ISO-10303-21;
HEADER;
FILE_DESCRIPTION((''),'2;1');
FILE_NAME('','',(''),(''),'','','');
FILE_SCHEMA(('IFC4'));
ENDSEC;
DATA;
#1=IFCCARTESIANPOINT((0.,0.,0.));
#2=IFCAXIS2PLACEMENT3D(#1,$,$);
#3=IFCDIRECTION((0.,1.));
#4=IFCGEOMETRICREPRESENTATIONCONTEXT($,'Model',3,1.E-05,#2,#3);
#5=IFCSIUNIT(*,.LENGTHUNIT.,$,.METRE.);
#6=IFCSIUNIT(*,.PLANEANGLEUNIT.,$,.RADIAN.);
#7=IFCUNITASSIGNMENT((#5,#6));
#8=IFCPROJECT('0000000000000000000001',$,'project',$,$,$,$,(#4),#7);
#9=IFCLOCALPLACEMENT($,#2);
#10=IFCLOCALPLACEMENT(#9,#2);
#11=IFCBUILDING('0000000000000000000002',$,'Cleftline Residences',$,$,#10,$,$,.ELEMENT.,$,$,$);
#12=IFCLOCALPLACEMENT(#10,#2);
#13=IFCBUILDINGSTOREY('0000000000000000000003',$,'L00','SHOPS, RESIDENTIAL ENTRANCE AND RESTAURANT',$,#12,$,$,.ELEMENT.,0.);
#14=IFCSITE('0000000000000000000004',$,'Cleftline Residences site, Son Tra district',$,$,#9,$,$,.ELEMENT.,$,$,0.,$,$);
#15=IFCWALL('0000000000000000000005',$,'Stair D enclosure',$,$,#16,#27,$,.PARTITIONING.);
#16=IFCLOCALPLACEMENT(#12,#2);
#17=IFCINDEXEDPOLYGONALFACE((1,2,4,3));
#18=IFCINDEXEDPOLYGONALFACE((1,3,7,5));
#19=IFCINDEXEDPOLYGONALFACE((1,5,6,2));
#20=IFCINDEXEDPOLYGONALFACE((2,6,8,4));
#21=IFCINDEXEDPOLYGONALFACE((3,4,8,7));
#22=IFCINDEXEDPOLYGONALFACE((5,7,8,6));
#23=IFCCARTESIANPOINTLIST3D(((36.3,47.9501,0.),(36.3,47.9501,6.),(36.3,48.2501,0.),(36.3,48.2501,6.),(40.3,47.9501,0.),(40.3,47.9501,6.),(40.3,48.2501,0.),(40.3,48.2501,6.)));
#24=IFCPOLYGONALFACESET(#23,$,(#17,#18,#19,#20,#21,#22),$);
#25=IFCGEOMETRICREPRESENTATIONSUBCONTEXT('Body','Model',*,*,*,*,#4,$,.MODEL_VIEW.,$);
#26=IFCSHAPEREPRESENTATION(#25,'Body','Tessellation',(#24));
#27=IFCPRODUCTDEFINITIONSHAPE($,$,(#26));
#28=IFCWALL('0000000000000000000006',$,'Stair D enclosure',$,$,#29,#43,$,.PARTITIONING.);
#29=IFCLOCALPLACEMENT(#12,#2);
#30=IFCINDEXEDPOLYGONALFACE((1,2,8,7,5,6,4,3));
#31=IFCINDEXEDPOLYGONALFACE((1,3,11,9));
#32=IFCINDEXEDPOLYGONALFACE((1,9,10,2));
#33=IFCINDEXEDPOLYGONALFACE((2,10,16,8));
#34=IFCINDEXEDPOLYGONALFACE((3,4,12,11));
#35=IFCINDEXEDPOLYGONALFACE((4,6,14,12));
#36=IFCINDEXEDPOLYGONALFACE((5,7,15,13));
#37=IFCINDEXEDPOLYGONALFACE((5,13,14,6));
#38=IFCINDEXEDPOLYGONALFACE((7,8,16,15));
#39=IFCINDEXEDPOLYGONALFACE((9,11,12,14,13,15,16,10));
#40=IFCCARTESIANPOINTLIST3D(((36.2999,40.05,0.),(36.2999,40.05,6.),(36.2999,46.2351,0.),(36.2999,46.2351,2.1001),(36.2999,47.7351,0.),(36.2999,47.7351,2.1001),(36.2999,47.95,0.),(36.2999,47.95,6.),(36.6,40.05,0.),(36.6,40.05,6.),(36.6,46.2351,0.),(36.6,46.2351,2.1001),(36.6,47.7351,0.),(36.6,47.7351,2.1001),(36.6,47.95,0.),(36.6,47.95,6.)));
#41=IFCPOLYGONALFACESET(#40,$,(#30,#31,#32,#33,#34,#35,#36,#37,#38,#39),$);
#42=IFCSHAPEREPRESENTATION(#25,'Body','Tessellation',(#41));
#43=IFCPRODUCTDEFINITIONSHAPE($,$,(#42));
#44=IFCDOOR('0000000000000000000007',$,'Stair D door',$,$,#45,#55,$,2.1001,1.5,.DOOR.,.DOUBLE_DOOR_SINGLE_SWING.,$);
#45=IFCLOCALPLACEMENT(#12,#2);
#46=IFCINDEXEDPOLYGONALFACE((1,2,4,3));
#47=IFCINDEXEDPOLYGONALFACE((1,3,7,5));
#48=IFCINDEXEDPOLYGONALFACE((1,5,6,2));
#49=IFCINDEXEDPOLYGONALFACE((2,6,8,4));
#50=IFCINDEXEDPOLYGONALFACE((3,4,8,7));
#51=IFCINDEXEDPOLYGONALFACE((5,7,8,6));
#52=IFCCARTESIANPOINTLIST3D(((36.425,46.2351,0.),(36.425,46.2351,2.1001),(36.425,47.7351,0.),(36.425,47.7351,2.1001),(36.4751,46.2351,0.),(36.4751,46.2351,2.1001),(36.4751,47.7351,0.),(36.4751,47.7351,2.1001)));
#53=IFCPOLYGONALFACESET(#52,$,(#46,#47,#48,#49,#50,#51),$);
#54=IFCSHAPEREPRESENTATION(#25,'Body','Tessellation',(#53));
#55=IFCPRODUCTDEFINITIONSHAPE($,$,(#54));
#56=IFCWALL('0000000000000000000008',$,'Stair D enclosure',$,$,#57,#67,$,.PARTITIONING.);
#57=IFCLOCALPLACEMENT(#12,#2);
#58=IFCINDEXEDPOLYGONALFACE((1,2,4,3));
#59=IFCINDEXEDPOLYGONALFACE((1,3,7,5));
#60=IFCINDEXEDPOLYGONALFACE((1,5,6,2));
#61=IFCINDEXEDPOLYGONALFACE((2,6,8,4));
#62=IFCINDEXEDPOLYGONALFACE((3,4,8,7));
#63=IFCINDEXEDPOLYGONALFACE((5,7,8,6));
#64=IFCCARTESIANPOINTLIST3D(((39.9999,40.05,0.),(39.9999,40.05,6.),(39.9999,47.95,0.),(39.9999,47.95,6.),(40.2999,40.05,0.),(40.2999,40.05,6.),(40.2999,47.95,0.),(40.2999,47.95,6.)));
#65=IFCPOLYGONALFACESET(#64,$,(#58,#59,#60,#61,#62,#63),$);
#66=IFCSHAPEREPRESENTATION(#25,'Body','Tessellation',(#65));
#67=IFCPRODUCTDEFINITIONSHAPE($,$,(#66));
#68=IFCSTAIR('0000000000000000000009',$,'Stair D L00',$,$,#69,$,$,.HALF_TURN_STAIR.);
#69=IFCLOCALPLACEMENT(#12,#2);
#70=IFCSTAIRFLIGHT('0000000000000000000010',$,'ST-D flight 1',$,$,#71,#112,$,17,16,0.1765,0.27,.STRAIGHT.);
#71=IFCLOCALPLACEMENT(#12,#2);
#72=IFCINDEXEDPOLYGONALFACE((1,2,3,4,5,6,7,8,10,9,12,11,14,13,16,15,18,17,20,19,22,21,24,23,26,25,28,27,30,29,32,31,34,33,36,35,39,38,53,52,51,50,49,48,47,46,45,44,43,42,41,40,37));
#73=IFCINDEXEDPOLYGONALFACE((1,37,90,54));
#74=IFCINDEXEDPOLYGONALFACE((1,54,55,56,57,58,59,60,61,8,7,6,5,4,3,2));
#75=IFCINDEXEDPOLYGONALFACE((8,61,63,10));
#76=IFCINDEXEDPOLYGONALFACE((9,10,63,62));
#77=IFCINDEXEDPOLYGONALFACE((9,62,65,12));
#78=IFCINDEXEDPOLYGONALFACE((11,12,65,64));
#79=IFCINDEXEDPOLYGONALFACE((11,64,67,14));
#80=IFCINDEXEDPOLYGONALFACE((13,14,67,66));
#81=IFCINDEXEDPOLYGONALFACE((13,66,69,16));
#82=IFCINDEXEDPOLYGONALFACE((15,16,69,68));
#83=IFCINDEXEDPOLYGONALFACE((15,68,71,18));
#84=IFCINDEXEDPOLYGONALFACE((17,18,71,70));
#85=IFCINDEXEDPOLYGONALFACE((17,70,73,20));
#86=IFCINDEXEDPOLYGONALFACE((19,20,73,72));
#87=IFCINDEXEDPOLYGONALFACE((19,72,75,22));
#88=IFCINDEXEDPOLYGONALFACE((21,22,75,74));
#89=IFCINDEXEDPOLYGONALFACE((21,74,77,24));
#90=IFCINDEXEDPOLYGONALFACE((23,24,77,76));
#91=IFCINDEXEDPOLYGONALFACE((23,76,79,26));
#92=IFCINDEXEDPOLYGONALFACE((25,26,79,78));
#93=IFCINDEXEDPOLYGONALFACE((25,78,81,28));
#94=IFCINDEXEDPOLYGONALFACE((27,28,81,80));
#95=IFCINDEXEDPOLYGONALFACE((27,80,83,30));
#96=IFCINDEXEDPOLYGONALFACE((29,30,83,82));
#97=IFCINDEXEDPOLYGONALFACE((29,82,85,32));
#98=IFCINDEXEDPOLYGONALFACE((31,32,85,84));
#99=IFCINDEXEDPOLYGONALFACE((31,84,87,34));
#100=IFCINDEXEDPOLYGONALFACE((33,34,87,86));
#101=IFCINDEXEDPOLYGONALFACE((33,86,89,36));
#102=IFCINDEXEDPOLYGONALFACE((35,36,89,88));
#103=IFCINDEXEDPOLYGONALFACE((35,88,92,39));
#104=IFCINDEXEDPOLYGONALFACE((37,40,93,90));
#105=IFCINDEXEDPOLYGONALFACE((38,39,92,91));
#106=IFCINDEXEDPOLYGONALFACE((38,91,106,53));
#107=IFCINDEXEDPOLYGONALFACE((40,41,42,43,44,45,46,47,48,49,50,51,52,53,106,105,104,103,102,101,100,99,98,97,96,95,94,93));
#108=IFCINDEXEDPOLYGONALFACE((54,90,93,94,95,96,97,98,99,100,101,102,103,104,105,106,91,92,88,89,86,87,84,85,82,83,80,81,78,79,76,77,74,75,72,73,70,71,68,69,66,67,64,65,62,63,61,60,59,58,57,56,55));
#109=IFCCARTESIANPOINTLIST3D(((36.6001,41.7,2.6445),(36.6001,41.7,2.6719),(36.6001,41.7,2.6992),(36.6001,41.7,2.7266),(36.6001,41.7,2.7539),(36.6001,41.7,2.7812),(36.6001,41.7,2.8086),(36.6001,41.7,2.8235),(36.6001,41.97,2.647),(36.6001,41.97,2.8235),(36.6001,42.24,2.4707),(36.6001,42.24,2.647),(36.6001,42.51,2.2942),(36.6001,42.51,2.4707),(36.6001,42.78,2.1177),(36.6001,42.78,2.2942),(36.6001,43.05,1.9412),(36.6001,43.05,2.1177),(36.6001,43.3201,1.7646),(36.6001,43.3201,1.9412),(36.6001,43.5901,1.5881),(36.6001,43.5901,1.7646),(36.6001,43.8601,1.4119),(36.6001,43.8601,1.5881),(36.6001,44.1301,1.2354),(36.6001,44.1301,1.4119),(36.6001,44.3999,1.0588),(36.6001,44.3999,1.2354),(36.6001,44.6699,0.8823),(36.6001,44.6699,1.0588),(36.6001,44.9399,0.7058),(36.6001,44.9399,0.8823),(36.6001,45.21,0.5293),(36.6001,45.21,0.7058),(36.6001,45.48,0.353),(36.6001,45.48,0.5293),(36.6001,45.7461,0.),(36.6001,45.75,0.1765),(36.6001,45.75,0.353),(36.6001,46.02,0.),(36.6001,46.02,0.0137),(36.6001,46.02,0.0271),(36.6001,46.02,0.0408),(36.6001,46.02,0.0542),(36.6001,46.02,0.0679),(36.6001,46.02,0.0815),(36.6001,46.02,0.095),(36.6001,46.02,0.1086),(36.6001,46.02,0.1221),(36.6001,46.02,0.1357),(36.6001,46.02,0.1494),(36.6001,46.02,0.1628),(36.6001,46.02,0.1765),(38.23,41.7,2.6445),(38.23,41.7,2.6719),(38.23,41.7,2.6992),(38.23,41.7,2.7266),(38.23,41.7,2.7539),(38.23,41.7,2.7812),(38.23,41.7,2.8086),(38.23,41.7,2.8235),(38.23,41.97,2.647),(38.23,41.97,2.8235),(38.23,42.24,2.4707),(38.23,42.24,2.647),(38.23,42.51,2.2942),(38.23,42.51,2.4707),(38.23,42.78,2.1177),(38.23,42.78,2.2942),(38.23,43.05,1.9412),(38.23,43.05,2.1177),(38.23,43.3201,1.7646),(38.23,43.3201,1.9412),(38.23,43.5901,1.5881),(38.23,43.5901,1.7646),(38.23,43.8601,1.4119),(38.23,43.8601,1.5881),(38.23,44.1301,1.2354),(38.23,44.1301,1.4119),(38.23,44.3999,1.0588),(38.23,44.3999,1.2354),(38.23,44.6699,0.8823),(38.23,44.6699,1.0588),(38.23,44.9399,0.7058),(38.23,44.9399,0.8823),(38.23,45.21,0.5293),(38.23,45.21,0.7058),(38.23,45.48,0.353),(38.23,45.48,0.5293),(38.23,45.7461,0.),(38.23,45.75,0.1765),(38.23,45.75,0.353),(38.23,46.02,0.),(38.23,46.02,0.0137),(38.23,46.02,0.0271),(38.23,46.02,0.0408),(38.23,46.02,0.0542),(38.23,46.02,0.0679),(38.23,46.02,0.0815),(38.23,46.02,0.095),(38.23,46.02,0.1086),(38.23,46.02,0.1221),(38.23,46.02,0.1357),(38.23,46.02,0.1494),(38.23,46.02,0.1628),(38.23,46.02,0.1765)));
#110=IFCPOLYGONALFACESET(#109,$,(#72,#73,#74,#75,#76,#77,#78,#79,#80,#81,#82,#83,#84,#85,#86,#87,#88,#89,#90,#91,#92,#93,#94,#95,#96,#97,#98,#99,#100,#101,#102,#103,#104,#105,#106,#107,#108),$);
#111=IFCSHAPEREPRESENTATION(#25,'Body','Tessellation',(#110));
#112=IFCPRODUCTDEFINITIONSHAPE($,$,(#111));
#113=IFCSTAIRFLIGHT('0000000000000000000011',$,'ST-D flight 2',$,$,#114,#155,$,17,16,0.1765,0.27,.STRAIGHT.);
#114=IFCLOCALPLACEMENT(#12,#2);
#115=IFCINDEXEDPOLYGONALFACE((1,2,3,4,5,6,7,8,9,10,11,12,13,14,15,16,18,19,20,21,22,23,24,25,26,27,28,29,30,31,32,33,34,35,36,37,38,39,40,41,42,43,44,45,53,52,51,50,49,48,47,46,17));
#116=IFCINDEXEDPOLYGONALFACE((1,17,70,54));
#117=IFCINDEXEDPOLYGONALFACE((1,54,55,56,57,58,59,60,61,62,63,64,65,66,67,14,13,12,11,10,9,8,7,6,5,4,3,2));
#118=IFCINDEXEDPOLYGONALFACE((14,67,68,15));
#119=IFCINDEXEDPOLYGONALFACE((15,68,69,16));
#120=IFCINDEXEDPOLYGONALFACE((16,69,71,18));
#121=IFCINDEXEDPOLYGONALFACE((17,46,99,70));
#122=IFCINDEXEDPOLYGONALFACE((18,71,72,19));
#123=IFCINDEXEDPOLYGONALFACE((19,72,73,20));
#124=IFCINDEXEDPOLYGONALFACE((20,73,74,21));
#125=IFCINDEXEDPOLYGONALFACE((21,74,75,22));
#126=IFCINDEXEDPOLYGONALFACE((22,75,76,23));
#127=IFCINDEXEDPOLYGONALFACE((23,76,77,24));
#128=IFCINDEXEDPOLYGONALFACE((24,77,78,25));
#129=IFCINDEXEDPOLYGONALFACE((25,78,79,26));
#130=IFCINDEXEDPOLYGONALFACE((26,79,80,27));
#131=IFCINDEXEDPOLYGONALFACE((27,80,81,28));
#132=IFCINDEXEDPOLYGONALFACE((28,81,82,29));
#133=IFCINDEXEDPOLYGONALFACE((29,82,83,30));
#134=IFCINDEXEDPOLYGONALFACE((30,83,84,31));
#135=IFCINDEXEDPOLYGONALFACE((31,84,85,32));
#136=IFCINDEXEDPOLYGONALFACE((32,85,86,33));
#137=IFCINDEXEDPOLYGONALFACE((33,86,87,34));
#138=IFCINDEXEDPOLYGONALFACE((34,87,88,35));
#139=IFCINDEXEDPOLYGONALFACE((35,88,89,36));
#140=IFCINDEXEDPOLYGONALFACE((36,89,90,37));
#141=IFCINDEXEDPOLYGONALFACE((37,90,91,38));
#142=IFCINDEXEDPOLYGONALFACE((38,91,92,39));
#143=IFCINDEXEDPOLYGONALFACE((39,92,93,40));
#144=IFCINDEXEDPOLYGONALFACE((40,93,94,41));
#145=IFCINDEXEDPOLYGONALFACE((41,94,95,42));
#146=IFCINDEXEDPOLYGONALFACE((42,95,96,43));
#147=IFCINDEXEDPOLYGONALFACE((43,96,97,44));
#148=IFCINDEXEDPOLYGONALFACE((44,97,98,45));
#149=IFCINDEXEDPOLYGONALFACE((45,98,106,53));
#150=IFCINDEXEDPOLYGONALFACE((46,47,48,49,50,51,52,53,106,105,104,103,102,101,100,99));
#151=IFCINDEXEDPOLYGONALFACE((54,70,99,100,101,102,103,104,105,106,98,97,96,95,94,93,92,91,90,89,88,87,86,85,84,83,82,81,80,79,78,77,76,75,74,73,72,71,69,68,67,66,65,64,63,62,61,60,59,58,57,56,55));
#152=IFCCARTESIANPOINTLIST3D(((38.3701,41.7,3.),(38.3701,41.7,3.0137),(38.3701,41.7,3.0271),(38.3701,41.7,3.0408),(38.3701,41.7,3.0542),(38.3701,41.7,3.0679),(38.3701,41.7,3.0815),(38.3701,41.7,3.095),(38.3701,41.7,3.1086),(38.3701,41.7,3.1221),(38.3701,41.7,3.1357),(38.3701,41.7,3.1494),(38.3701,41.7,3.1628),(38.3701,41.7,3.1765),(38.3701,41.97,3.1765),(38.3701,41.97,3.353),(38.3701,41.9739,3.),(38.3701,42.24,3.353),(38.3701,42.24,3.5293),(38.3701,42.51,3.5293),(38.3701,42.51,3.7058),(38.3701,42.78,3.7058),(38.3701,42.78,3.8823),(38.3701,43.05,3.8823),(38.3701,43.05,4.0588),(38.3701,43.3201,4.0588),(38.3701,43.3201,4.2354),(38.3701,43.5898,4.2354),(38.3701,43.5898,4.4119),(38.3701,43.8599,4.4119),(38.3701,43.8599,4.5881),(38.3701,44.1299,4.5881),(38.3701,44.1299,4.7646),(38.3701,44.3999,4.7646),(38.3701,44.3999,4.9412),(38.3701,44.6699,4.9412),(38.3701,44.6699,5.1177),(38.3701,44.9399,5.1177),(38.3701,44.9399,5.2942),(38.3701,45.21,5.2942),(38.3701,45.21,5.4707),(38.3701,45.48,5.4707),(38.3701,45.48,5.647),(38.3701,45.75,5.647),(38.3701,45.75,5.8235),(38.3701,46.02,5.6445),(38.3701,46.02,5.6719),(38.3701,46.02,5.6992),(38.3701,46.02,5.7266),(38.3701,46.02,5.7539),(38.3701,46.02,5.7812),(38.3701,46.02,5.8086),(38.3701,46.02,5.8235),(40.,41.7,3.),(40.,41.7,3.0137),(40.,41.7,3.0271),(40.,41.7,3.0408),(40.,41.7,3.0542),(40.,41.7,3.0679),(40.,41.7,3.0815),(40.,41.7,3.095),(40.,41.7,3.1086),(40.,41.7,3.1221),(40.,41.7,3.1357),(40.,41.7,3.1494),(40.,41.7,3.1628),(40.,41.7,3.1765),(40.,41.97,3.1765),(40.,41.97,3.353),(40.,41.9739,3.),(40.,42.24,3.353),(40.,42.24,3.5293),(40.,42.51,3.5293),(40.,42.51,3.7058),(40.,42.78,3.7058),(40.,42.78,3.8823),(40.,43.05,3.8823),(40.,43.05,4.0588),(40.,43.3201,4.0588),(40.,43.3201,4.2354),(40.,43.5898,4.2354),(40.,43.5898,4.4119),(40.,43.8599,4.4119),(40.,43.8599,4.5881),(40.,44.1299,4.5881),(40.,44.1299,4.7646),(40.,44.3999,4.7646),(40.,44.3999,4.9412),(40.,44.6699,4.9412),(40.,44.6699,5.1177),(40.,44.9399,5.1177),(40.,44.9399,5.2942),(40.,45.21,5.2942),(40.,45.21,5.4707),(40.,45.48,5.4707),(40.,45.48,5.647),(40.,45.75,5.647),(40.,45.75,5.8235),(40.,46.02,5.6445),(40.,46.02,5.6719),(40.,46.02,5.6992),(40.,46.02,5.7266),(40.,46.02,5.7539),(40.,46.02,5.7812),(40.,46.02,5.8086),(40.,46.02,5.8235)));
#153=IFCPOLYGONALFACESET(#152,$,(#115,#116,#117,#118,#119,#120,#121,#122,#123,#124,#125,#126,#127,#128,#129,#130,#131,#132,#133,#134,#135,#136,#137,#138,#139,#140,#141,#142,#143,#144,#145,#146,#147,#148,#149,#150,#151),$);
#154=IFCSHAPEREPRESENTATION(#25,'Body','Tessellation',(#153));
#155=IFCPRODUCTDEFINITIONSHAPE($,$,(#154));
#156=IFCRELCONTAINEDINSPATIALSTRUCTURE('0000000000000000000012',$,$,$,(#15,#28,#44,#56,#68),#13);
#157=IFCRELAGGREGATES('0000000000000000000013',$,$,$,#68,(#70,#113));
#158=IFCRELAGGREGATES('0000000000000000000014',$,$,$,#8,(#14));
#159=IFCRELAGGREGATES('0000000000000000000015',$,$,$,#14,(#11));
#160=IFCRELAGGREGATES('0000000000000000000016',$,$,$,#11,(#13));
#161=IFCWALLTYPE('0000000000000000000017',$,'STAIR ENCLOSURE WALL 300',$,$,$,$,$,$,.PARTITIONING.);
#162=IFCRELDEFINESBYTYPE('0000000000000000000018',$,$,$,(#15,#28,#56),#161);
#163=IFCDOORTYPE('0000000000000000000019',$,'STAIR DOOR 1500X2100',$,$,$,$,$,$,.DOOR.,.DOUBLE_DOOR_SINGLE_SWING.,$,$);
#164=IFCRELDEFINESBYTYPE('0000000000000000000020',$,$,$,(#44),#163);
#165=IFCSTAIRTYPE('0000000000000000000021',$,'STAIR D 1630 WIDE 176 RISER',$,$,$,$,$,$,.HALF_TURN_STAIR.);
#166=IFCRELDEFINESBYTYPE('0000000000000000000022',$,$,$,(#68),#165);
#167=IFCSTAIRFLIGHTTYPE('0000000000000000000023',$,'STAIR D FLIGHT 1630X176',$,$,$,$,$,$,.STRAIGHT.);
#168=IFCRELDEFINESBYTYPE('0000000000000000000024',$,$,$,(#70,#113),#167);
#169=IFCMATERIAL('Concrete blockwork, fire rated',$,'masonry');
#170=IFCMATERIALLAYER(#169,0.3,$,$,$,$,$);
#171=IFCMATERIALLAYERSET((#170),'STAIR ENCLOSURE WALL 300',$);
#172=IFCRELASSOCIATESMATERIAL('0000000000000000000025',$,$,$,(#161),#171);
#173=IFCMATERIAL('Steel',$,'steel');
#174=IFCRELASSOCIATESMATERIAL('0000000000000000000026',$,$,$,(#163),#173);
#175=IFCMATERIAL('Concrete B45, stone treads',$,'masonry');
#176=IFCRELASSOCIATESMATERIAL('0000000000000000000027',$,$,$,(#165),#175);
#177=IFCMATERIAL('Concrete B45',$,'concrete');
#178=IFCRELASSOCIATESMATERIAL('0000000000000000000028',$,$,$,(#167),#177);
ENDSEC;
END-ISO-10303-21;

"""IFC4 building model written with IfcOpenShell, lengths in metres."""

from ifc_helpers import new_model, si_unit, direction, frame, frame_2d, origin, place, context, subcontext, project, spatial, polyline, rectangle, outline, extrude, material, layer, layer_set, type_object, element, fill, aggregate, save


model = new_model("IFC4")

# Units and contexts
model_context = context("Model", 3, precision=1e-05, world=origin(), true_north=direction((0.0, 1.0)))
body_context = subcontext(model_context, "Body", "Model", "MODEL_VIEW")
ifc_project = project(units=[si_unit("LENGTHUNIT", "METRE"), si_unit("PLANEANGLEUNIT", "RADIAN")], contexts=[model_context])

# Site, building, storey
site_placement = place(None, origin())
site = spatial("IfcSite", under=ifc_project, at=site_placement, Name="Cleftline Residences site, Son Tra district", CompositionType="ELEMENT", RefElevation=0.0)
building_placement = place(site_placement, origin())
building = spatial("IfcBuilding", under=site, at=building_placement, Name="Cleftline Residences", CompositionType="ELEMENT")
storey_placement = place(building_placement, origin())
storey = spatial("IfcBuildingStorey", under=building, at=storey_placement, Name="L00", Description="SHOPS, RESIDENTIAL ENTRANCE AND RESTAURANT", CompositionType="ELEMENT", Elevation=0.0)

# Wall
ifc_material_1 = material(Name="Concrete blockwork, fire rated", Category="masonry")
ifc_layer_1 = layer(ifc_material_1, 0.3)
ifc_layer_set_1 = layer_set([ifc_layer_1], Name="STAIR ENCLOSURE WALL 300")
wall_type_1 = type_object("IfcWallType", Name="STAIR ENCLOSURE WALL 300", PredefinedType="PARTITIONING", material=ifc_layer_set_1)
for number, where, z_axis, x_axis, name in (
    (1, (36.3, 48.1001, 0.0), (0.0, 0.0, 1.0), (1.0, 0.0, 0.0), "Stair D enclosure"),
):
    element("IfcWall", number, at=place(storey_placement, frame(where, z_axis=z_axis, x_axis=x_axis)), inside=storey, type_object=wall_type_1, Name=name, PredefinedType="PARTITIONING", context=body_context, shape_type="SweptSolid", body=[
        extrude(rectangle(XDim=4.0, YDim=0.3, at=frame_2d((2.0, 0.0))), origin(), (0.0, 0.0, 1.0), 6.0),
    ])

# Wall, opening, door
wall_1_placement = place(storey_placement, frame((36.45, 40.05, 0.0), z_axis=(0.0, 0.0, 1.0), x_axis=(0.0, 1.0, 0.0)))
wall_1 = element("IfcWall", 2, at=wall_1_placement, inside=storey, type_object=wall_type_1, Name="Stair D enclosure", PredefinedType="PARTITIONING", context=body_context, shape_type="SweptSolid", body=[
    extrude(rectangle(XDim=7.8999, YDim=0.3, at=frame_2d((3.95, 0.0))), origin(), (0.0, 0.0, 1.0), 6.0),
])
opening_1_placement = place(wall_1_placement, frame((6.1851, 0.0, 0.0)))
opening_1 = element("IfcOpeningElement", 3, at=opening_1_placement, cuts=wall_1, PredefinedType="OPENING", context=body_context, shape_type="SweptSolid", body=[
    extrude(rectangle(XDim=1.5, YDim=2.1001, at=frame_2d((0.75, 1.05))), frame((0.0, 0.1599, 0.0), z_axis=(0.0, -1.0, 0.0), x_axis=(1.0, 0.0, 0.0)), (0.0, 0.0, 1.0), 0.3201),
])
ifc_material_2 = material(Name="Steel", Category="steel")
door_type_1 = type_object("IfcDoorType", Name="STAIR DOOR 1500X2100", OperationType="DOUBLE_DOOR_SINGLE_SWING", PredefinedType="DOOR", material=ifc_material_2)
door_1_placement = place(opening_1_placement, origin())
door_1 = element("IfcDoor", 4, at=door_1_placement, inside=storey, type_object=door_type_1, Name="Stair D door", OperationType="DOUBLE_DOOR_SINGLE_SWING", OverallHeight=2.1001, OverallWidth=1.5, PredefinedType="DOOR", context=body_context, shape_type="SweptSolid", body=[
    extrude(rectangle(XDim=1.5, YDim=2.1001, at=frame_2d((0.75, 1.05))), frame((0.0, 0.0249, 0.0), z_axis=(0.0, -1.0, 0.0), x_axis=(1.0, 0.0, 0.0)), (0.0, 0.0, 1.0), 0.05),
])
fill(opening_1, door_1)

# Wall
wall_2_placement = place(storey_placement, frame((40.1499, 40.05, 0.0), z_axis=(0.0, 0.0, 1.0), x_axis=(0.0, 1.0, 0.0)))
element("IfcWall", 5, at=wall_2_placement, inside=storey, type_object=wall_type_1, Name="Stair D enclosure", PredefinedType="PARTITIONING", context=body_context, shape_type="SweptSolid", body=[
    extrude(rectangle(XDim=7.8999, YDim=0.3, at=frame_2d((3.95, 0.0))), origin(), (0.0, 0.0, 1.0), 6.0),
])

# Stair, stair flights
ifc_material_3 = material(Name="Concrete B45, stone treads", Category="masonry")
stair_type = type_object("IfcStairType", Name="STAIR D 1630 WIDE 176 RISER", PredefinedType="HALF_TURN_STAIR", material=ifc_material_3)
stair_placement = place(storey_placement, origin())
stair = element("IfcStair", 6, at=stair_placement, inside=storey, type_object=stair_type, Name="Stair D L00", PredefinedType="HALF_TURN_STAIR")
ifc_material_4 = material(Name="Concrete B45", Category="concrete")
stair_flight_type = type_object("IfcStairFlightType", Name="STAIR D FLIGHT 1630X176", PredefinedType="STRAIGHT", material=ifc_material_4)
stair_flight_1_placement = place(storey_placement, frame((37.415, 46.02, 0.0), z_axis=(0.0, 0.0, 1.0), x_axis=(0.0, -1.0, 0.0)))
stair_flight_1 = element("IfcStairFlight", 7, at=stair_flight_1_placement, type_object=stair_flight_type, Name="ST-D flight 1", NumberOfRisers=17, NumberOfTreads=16, PredefinedType="STRAIGHT", RiserHeight=0.1765, TreadLength=0.27, context=body_context, shape_type="SweptSolid", body=[
    extrude(outline(polyline([(0.0, 0.0), (0.0, 0.0137), (0.0, 0.0271), (0.0, 0.0408), (0.0, 0.0542), (0.0, 0.0679), (0.0, 0.0815), (0.0, 0.095), (0.0, 0.1086), (0.0, 0.1221), (0.0, 0.1357), (0.0, 0.1494), (0.0, 0.1628), (0.0, 0.1765), (0.27, 0.1765), (0.27, 0.353), (0.54, 0.353), (0.54, 0.5293), (0.8101, 0.5293), (0.8101, 0.7058), (1.0801, 0.7058), (1.0801, 0.8823), (1.3501, 0.8823), (1.3501, 1.0588), (1.6201, 1.0588), (1.6201, 1.2354), (1.8899, 1.2354), (1.8899, 1.4119), (2.1599, 1.4119), (2.1599, 1.5881), (2.4299, 1.5881), (2.4299, 1.7646), (2.7, 1.7646), (2.7, 1.9412), (2.97, 1.9412), (2.97, 2.1177), (3.24, 2.1177), (3.24, 2.2942), (3.51, 2.2942), (3.51, 2.4707), (3.78, 2.4707), (3.78, 2.647), (4.05, 2.647), (4.05, 2.8235), (4.3201, 2.8235), (4.3201, 3.0), (4.3201, 2.9727), (4.3201, 2.9453), (4.3201, 2.918), (4.3201, 2.8906), (4.3201, 2.8633), (4.3201, 2.8359), (4.3201, 2.8086), (4.3201, 2.7812), (4.3201, 2.7539), (4.3201, 2.7266), (4.3201, 2.6992), (4.3201, 2.6719), (4.3201, 2.6445), (0.2739, 0.0), (0.0, 0.0)])), frame((0.0, 0.8149, 0.0), z_axis=(0.0, -1.0, 0.0), x_axis=(1.0, 0.0, 0.0)), (0.0, 0.0, 1.0), 1.6299),
])
stair_flight_2_placement = place(storey_placement, frame((39.1851, 41.7, 3.0), z_axis=(0.0, 0.0, 1.0), x_axis=(0.0, 1.0, 0.0)))
stair_flight_2 = element("IfcStairFlight", 8, at=stair_flight_2_placement, type_object=stair_flight_type, Name="ST-D flight 2", NumberOfRisers=17, NumberOfTreads=16, PredefinedType="STRAIGHT", RiserHeight=0.1765, TreadLength=0.27, context=body_context, shape_type="SweptSolid", body=[
    extrude(outline(polyline([(0.0, 0.0), (0.0, 0.0137), (0.0, 0.0271), (0.0, 0.0408), (0.0, 0.0542), (0.0, 0.0679), (0.0, 0.0815), (0.0, 0.095), (0.0, 0.1086), (0.0, 0.1221), (0.0, 0.1357), (0.0, 0.1494), (0.0, 0.1628), (0.0, 0.1765), (0.27, 0.1765), (0.27, 0.353), (0.54, 0.353), (0.54, 0.5293), (0.8101, 0.5293), (0.8101, 0.7058), (1.0801, 0.7058), (1.0801, 0.8823), (1.3501, 0.8823), (1.3501, 1.0588), (1.6201, 1.0588), (1.6201, 1.2354), (1.8899, 1.2354), (1.8899, 1.4119), (2.1599, 1.4119), (2.1599, 1.5881), (2.4299, 1.5881), (2.4299, 1.7646), (2.7, 1.7646), (2.7, 1.9412), (2.97, 1.9412), (2.97, 2.1177), (3.24, 2.1177), (3.24, 2.2942), (3.51, 2.2942), (3.51, 2.4707), (3.78, 2.4707), (3.78, 2.647), (4.05, 2.647), (4.05, 2.8235), (4.3201, 2.8235), (4.3201, 3.0), (4.3201, 2.9727), (4.3201, 2.9453), (4.3201, 2.918), (4.3201, 2.8906), (4.3201, 2.8633), (4.3201, 2.8359), (4.3201, 2.8086), (4.3201, 2.7812), (4.3201, 2.7539), (4.3201, 2.7266), (4.3201, 2.6992), (4.3201, 2.6719), (4.3201, 2.6445), (0.2739, 0.0), (0.0, 0.0)])), frame((0.0, 0.8149, 0.0), z_axis=(0.0, -1.0, 0.0), x_axis=(1.0, 0.0, 0.0)), (0.0, 0.0, 1.0), 1.6299),
])
aggregate(stair, [stair_flight_1, stair_flight_2])

save(model, "model.ifc")
